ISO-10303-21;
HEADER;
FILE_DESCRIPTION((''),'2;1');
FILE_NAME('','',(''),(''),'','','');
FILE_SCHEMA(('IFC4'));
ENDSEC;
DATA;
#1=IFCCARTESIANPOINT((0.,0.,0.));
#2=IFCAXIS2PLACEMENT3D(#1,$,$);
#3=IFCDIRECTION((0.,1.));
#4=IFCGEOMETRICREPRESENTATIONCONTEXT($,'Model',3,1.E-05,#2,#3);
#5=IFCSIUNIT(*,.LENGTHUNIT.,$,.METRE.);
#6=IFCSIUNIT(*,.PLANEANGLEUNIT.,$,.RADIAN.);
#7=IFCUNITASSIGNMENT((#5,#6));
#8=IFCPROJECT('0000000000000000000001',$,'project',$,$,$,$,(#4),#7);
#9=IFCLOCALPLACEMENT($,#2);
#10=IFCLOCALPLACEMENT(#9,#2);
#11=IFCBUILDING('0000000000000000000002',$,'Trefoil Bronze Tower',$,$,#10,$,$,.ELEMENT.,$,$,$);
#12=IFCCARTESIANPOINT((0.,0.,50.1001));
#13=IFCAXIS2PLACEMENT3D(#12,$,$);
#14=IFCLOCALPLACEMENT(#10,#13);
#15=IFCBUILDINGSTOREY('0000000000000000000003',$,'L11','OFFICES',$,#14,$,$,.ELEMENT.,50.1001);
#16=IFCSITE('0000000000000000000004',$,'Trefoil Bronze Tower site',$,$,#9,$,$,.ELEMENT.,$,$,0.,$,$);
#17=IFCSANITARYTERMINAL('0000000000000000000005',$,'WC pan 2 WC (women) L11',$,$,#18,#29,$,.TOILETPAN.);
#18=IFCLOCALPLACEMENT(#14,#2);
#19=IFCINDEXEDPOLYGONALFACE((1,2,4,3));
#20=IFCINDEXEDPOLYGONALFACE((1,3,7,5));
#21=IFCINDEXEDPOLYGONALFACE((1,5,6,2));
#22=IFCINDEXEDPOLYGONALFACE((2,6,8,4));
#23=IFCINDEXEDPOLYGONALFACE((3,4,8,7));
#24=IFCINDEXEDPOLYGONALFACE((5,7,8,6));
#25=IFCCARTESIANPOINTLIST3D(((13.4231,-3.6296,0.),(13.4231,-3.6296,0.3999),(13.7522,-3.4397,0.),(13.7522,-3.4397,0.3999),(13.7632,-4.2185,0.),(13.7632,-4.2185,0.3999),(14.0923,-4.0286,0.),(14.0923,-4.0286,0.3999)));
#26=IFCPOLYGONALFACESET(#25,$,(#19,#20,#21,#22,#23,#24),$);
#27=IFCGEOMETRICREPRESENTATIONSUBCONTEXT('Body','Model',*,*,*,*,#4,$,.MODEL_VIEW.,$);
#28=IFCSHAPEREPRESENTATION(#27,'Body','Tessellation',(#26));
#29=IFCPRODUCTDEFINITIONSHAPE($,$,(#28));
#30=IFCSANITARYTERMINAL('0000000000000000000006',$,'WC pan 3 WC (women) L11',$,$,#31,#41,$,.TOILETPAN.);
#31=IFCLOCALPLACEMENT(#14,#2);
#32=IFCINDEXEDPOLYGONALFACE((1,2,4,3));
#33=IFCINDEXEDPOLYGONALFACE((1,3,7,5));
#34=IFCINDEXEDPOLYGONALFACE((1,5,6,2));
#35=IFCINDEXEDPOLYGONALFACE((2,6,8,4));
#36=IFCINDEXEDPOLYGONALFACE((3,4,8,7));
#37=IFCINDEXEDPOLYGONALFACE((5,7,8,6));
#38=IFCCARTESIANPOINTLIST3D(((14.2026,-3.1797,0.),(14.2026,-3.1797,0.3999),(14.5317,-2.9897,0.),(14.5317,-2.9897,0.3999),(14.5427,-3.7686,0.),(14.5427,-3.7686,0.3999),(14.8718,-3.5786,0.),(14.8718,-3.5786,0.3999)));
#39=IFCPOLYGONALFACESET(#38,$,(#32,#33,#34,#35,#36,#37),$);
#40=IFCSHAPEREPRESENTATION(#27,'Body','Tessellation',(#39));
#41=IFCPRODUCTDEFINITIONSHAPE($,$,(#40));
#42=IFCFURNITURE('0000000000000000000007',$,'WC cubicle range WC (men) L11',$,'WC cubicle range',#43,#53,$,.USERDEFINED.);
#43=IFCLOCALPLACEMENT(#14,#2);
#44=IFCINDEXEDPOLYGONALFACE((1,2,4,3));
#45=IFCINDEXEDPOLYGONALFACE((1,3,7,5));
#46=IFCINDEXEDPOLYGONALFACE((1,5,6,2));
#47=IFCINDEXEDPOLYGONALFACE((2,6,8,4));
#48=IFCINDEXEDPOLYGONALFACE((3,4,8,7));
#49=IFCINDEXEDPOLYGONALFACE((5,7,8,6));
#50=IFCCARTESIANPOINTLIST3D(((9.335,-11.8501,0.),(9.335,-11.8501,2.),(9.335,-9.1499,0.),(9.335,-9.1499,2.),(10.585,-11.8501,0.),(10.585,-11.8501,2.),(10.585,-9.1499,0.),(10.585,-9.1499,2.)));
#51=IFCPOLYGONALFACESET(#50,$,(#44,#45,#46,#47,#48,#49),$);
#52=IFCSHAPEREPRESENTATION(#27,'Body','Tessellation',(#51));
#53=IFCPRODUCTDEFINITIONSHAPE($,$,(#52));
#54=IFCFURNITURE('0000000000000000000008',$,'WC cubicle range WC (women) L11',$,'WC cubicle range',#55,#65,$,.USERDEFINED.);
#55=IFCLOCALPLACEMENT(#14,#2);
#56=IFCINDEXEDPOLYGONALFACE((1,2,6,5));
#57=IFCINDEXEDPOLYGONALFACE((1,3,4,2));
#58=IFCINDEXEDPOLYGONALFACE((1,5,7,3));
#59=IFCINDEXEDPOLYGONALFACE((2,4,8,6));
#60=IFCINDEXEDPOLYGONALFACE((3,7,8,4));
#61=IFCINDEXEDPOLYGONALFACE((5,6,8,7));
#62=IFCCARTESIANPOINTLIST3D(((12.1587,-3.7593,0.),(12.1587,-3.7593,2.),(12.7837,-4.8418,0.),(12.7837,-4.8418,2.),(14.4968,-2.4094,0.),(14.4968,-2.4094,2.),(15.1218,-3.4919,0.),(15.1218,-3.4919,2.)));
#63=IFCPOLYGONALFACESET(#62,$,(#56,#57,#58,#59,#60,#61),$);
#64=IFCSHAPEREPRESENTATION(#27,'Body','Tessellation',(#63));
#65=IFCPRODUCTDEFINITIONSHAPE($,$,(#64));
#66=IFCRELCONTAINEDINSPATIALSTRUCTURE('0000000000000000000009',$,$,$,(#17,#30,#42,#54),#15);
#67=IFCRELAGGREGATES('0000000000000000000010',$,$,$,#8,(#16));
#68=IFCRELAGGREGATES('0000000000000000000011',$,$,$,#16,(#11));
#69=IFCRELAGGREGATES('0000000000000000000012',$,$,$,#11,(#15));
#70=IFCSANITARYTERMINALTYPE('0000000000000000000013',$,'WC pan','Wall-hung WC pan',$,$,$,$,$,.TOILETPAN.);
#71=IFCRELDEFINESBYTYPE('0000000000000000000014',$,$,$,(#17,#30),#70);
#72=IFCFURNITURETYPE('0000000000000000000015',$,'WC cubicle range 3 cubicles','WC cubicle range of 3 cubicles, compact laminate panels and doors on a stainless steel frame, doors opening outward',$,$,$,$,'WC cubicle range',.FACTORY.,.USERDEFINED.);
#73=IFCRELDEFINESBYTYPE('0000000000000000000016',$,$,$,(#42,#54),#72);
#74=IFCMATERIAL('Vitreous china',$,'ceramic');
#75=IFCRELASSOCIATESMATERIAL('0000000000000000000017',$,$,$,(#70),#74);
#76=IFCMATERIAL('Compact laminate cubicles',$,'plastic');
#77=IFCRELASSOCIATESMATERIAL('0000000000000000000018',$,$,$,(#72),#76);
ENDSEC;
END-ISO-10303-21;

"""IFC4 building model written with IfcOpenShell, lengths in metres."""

from ifc_helpers import new_model, si_unit, direction, frame, origin, place, context, subcontext, project, spatial, polyline, outline, extrude, material, type_object, element, save


model = new_model("IFC4")

# Units and contexts
model_context = context("Model", 3, precision=1e-05, world=origin(), true_north=direction((0.0, 1.0)))
body_context = subcontext(model_context, "Body", "Model", "MODEL_VIEW")
ifc_project = project(units=[si_unit("LENGTHUNIT", "METRE"), si_unit("PLANEANGLEUNIT", "RADIAN")], contexts=[model_context])

# Site, building, storey
site_placement = place(None, origin())
site = spatial("IfcSite", under=ifc_project, at=site_placement, Name="Trefoil Bronze Tower site", CompositionType="ELEMENT", RefElevation=0.0)
building_placement = place(site_placement, origin())
building = spatial("IfcBuilding", under=site, at=building_placement, Name="Trefoil Bronze Tower", CompositionType="ELEMENT")
storey_placement = place(building_placement, frame((0.0, 0.0, 50.1001)))
storey = spatial("IfcBuildingStorey", under=building, at=storey_placement, Name="L11", Description="OFFICES", CompositionType="ELEMENT", Elevation=50.1001)

# Sanitary terminals
ifc_material_1 = material(Name="Vitreous china", Category="ceramic")
sanitary_terminal_type_1 = type_object("IfcSanitaryTerminalType", Name="WC pan", Description="Wall-hung WC pan", PredefinedType="TOILETPAN", material=ifc_material_1)
sanitary_terminal_1_placement = place(storey_placement, origin())
element("IfcSanitaryTerminal", 1, at=sanitary_terminal_1_placement, inside=storey, type_object=sanitary_terminal_type_1, Name="WC pan 2 WC (women) L11", PredefinedType="TOILETPAN", context=body_context, shape_type="SweptSolid", body=[
    extrude(outline(polyline([(13.4231, -3.6296), (13.7632, -4.2185), (14.0923, -4.0286), (13.7522, -3.4397), (13.4231, -3.6296)])), origin(), (0.0, 0.0, 1.0), 0.3999),
])
sanitary_terminal_2_placement = place(storey_placement, origin())
element("IfcSanitaryTerminal", 2, at=sanitary_terminal_2_placement, inside=storey, type_object=sanitary_terminal_type_1, Name="WC pan 3 WC (women) L11", PredefinedType="TOILETPAN", context=body_context, shape_type="SweptSolid", body=[
    extrude(outline(polyline([(14.2026, -3.1797), (14.5427, -3.7686), (14.8718, -3.5786), (14.5317, -2.9897), (14.2026, -3.1797)])), origin(), (0.0, 0.0, 1.0), 0.3999),
])

# Furniture
ifc_material_2 = material(Name="Compact laminate cubicles", Category="plastic")
furniture_type = type_object("IfcFurnitureType", Name="WC cubicle range 3 cubicles", Description="WC cubicle range of 3 cubicles, compact laminate panels and doors on a stainless steel frame, doors opening outward", ElementType="WC cubicle range", AssemblyPlace="FACTORY", PredefinedType="USERDEFINED", material=ifc_material_2)
furniture_1_placement = place(storey_placement, origin())
element("IfcFurniture", 3, at=furniture_1_placement, inside=storey, type_object=furniture_type, Name="WC cubicle range WC (men) L11", ObjectType="WC cubicle range", PredefinedType="USERDEFINED", context=body_context, shape_type="SweptSolid", body=[
    extrude(outline(polyline([(9.335, -9.1499), (10.585, -9.1499), (10.585, -11.8501), (9.335, -11.8501), (9.335, -9.1499)])), origin(), (0.0, 0.0, 1.0), 2.0),
])
furniture_2_placement = place(storey_placement, origin())
element("IfcFurniture", 4, at=furniture_2_placement, inside=storey, type_object=furniture_type, Name="WC cubicle range WC (women) L11", ObjectType="WC cubicle range", PredefinedType="USERDEFINED", context=body_context, shape_type="SweptSolid", body=[
    extrude(outline(polyline([(12.1587, -3.7593), (12.7837, -4.8418), (15.1218, -3.4919), (14.4968, -2.4094), (12.1587, -3.7593)])), origin(), (0.0, 0.0, 1.0), 2.0),
])

save(model, "model.ifc")
